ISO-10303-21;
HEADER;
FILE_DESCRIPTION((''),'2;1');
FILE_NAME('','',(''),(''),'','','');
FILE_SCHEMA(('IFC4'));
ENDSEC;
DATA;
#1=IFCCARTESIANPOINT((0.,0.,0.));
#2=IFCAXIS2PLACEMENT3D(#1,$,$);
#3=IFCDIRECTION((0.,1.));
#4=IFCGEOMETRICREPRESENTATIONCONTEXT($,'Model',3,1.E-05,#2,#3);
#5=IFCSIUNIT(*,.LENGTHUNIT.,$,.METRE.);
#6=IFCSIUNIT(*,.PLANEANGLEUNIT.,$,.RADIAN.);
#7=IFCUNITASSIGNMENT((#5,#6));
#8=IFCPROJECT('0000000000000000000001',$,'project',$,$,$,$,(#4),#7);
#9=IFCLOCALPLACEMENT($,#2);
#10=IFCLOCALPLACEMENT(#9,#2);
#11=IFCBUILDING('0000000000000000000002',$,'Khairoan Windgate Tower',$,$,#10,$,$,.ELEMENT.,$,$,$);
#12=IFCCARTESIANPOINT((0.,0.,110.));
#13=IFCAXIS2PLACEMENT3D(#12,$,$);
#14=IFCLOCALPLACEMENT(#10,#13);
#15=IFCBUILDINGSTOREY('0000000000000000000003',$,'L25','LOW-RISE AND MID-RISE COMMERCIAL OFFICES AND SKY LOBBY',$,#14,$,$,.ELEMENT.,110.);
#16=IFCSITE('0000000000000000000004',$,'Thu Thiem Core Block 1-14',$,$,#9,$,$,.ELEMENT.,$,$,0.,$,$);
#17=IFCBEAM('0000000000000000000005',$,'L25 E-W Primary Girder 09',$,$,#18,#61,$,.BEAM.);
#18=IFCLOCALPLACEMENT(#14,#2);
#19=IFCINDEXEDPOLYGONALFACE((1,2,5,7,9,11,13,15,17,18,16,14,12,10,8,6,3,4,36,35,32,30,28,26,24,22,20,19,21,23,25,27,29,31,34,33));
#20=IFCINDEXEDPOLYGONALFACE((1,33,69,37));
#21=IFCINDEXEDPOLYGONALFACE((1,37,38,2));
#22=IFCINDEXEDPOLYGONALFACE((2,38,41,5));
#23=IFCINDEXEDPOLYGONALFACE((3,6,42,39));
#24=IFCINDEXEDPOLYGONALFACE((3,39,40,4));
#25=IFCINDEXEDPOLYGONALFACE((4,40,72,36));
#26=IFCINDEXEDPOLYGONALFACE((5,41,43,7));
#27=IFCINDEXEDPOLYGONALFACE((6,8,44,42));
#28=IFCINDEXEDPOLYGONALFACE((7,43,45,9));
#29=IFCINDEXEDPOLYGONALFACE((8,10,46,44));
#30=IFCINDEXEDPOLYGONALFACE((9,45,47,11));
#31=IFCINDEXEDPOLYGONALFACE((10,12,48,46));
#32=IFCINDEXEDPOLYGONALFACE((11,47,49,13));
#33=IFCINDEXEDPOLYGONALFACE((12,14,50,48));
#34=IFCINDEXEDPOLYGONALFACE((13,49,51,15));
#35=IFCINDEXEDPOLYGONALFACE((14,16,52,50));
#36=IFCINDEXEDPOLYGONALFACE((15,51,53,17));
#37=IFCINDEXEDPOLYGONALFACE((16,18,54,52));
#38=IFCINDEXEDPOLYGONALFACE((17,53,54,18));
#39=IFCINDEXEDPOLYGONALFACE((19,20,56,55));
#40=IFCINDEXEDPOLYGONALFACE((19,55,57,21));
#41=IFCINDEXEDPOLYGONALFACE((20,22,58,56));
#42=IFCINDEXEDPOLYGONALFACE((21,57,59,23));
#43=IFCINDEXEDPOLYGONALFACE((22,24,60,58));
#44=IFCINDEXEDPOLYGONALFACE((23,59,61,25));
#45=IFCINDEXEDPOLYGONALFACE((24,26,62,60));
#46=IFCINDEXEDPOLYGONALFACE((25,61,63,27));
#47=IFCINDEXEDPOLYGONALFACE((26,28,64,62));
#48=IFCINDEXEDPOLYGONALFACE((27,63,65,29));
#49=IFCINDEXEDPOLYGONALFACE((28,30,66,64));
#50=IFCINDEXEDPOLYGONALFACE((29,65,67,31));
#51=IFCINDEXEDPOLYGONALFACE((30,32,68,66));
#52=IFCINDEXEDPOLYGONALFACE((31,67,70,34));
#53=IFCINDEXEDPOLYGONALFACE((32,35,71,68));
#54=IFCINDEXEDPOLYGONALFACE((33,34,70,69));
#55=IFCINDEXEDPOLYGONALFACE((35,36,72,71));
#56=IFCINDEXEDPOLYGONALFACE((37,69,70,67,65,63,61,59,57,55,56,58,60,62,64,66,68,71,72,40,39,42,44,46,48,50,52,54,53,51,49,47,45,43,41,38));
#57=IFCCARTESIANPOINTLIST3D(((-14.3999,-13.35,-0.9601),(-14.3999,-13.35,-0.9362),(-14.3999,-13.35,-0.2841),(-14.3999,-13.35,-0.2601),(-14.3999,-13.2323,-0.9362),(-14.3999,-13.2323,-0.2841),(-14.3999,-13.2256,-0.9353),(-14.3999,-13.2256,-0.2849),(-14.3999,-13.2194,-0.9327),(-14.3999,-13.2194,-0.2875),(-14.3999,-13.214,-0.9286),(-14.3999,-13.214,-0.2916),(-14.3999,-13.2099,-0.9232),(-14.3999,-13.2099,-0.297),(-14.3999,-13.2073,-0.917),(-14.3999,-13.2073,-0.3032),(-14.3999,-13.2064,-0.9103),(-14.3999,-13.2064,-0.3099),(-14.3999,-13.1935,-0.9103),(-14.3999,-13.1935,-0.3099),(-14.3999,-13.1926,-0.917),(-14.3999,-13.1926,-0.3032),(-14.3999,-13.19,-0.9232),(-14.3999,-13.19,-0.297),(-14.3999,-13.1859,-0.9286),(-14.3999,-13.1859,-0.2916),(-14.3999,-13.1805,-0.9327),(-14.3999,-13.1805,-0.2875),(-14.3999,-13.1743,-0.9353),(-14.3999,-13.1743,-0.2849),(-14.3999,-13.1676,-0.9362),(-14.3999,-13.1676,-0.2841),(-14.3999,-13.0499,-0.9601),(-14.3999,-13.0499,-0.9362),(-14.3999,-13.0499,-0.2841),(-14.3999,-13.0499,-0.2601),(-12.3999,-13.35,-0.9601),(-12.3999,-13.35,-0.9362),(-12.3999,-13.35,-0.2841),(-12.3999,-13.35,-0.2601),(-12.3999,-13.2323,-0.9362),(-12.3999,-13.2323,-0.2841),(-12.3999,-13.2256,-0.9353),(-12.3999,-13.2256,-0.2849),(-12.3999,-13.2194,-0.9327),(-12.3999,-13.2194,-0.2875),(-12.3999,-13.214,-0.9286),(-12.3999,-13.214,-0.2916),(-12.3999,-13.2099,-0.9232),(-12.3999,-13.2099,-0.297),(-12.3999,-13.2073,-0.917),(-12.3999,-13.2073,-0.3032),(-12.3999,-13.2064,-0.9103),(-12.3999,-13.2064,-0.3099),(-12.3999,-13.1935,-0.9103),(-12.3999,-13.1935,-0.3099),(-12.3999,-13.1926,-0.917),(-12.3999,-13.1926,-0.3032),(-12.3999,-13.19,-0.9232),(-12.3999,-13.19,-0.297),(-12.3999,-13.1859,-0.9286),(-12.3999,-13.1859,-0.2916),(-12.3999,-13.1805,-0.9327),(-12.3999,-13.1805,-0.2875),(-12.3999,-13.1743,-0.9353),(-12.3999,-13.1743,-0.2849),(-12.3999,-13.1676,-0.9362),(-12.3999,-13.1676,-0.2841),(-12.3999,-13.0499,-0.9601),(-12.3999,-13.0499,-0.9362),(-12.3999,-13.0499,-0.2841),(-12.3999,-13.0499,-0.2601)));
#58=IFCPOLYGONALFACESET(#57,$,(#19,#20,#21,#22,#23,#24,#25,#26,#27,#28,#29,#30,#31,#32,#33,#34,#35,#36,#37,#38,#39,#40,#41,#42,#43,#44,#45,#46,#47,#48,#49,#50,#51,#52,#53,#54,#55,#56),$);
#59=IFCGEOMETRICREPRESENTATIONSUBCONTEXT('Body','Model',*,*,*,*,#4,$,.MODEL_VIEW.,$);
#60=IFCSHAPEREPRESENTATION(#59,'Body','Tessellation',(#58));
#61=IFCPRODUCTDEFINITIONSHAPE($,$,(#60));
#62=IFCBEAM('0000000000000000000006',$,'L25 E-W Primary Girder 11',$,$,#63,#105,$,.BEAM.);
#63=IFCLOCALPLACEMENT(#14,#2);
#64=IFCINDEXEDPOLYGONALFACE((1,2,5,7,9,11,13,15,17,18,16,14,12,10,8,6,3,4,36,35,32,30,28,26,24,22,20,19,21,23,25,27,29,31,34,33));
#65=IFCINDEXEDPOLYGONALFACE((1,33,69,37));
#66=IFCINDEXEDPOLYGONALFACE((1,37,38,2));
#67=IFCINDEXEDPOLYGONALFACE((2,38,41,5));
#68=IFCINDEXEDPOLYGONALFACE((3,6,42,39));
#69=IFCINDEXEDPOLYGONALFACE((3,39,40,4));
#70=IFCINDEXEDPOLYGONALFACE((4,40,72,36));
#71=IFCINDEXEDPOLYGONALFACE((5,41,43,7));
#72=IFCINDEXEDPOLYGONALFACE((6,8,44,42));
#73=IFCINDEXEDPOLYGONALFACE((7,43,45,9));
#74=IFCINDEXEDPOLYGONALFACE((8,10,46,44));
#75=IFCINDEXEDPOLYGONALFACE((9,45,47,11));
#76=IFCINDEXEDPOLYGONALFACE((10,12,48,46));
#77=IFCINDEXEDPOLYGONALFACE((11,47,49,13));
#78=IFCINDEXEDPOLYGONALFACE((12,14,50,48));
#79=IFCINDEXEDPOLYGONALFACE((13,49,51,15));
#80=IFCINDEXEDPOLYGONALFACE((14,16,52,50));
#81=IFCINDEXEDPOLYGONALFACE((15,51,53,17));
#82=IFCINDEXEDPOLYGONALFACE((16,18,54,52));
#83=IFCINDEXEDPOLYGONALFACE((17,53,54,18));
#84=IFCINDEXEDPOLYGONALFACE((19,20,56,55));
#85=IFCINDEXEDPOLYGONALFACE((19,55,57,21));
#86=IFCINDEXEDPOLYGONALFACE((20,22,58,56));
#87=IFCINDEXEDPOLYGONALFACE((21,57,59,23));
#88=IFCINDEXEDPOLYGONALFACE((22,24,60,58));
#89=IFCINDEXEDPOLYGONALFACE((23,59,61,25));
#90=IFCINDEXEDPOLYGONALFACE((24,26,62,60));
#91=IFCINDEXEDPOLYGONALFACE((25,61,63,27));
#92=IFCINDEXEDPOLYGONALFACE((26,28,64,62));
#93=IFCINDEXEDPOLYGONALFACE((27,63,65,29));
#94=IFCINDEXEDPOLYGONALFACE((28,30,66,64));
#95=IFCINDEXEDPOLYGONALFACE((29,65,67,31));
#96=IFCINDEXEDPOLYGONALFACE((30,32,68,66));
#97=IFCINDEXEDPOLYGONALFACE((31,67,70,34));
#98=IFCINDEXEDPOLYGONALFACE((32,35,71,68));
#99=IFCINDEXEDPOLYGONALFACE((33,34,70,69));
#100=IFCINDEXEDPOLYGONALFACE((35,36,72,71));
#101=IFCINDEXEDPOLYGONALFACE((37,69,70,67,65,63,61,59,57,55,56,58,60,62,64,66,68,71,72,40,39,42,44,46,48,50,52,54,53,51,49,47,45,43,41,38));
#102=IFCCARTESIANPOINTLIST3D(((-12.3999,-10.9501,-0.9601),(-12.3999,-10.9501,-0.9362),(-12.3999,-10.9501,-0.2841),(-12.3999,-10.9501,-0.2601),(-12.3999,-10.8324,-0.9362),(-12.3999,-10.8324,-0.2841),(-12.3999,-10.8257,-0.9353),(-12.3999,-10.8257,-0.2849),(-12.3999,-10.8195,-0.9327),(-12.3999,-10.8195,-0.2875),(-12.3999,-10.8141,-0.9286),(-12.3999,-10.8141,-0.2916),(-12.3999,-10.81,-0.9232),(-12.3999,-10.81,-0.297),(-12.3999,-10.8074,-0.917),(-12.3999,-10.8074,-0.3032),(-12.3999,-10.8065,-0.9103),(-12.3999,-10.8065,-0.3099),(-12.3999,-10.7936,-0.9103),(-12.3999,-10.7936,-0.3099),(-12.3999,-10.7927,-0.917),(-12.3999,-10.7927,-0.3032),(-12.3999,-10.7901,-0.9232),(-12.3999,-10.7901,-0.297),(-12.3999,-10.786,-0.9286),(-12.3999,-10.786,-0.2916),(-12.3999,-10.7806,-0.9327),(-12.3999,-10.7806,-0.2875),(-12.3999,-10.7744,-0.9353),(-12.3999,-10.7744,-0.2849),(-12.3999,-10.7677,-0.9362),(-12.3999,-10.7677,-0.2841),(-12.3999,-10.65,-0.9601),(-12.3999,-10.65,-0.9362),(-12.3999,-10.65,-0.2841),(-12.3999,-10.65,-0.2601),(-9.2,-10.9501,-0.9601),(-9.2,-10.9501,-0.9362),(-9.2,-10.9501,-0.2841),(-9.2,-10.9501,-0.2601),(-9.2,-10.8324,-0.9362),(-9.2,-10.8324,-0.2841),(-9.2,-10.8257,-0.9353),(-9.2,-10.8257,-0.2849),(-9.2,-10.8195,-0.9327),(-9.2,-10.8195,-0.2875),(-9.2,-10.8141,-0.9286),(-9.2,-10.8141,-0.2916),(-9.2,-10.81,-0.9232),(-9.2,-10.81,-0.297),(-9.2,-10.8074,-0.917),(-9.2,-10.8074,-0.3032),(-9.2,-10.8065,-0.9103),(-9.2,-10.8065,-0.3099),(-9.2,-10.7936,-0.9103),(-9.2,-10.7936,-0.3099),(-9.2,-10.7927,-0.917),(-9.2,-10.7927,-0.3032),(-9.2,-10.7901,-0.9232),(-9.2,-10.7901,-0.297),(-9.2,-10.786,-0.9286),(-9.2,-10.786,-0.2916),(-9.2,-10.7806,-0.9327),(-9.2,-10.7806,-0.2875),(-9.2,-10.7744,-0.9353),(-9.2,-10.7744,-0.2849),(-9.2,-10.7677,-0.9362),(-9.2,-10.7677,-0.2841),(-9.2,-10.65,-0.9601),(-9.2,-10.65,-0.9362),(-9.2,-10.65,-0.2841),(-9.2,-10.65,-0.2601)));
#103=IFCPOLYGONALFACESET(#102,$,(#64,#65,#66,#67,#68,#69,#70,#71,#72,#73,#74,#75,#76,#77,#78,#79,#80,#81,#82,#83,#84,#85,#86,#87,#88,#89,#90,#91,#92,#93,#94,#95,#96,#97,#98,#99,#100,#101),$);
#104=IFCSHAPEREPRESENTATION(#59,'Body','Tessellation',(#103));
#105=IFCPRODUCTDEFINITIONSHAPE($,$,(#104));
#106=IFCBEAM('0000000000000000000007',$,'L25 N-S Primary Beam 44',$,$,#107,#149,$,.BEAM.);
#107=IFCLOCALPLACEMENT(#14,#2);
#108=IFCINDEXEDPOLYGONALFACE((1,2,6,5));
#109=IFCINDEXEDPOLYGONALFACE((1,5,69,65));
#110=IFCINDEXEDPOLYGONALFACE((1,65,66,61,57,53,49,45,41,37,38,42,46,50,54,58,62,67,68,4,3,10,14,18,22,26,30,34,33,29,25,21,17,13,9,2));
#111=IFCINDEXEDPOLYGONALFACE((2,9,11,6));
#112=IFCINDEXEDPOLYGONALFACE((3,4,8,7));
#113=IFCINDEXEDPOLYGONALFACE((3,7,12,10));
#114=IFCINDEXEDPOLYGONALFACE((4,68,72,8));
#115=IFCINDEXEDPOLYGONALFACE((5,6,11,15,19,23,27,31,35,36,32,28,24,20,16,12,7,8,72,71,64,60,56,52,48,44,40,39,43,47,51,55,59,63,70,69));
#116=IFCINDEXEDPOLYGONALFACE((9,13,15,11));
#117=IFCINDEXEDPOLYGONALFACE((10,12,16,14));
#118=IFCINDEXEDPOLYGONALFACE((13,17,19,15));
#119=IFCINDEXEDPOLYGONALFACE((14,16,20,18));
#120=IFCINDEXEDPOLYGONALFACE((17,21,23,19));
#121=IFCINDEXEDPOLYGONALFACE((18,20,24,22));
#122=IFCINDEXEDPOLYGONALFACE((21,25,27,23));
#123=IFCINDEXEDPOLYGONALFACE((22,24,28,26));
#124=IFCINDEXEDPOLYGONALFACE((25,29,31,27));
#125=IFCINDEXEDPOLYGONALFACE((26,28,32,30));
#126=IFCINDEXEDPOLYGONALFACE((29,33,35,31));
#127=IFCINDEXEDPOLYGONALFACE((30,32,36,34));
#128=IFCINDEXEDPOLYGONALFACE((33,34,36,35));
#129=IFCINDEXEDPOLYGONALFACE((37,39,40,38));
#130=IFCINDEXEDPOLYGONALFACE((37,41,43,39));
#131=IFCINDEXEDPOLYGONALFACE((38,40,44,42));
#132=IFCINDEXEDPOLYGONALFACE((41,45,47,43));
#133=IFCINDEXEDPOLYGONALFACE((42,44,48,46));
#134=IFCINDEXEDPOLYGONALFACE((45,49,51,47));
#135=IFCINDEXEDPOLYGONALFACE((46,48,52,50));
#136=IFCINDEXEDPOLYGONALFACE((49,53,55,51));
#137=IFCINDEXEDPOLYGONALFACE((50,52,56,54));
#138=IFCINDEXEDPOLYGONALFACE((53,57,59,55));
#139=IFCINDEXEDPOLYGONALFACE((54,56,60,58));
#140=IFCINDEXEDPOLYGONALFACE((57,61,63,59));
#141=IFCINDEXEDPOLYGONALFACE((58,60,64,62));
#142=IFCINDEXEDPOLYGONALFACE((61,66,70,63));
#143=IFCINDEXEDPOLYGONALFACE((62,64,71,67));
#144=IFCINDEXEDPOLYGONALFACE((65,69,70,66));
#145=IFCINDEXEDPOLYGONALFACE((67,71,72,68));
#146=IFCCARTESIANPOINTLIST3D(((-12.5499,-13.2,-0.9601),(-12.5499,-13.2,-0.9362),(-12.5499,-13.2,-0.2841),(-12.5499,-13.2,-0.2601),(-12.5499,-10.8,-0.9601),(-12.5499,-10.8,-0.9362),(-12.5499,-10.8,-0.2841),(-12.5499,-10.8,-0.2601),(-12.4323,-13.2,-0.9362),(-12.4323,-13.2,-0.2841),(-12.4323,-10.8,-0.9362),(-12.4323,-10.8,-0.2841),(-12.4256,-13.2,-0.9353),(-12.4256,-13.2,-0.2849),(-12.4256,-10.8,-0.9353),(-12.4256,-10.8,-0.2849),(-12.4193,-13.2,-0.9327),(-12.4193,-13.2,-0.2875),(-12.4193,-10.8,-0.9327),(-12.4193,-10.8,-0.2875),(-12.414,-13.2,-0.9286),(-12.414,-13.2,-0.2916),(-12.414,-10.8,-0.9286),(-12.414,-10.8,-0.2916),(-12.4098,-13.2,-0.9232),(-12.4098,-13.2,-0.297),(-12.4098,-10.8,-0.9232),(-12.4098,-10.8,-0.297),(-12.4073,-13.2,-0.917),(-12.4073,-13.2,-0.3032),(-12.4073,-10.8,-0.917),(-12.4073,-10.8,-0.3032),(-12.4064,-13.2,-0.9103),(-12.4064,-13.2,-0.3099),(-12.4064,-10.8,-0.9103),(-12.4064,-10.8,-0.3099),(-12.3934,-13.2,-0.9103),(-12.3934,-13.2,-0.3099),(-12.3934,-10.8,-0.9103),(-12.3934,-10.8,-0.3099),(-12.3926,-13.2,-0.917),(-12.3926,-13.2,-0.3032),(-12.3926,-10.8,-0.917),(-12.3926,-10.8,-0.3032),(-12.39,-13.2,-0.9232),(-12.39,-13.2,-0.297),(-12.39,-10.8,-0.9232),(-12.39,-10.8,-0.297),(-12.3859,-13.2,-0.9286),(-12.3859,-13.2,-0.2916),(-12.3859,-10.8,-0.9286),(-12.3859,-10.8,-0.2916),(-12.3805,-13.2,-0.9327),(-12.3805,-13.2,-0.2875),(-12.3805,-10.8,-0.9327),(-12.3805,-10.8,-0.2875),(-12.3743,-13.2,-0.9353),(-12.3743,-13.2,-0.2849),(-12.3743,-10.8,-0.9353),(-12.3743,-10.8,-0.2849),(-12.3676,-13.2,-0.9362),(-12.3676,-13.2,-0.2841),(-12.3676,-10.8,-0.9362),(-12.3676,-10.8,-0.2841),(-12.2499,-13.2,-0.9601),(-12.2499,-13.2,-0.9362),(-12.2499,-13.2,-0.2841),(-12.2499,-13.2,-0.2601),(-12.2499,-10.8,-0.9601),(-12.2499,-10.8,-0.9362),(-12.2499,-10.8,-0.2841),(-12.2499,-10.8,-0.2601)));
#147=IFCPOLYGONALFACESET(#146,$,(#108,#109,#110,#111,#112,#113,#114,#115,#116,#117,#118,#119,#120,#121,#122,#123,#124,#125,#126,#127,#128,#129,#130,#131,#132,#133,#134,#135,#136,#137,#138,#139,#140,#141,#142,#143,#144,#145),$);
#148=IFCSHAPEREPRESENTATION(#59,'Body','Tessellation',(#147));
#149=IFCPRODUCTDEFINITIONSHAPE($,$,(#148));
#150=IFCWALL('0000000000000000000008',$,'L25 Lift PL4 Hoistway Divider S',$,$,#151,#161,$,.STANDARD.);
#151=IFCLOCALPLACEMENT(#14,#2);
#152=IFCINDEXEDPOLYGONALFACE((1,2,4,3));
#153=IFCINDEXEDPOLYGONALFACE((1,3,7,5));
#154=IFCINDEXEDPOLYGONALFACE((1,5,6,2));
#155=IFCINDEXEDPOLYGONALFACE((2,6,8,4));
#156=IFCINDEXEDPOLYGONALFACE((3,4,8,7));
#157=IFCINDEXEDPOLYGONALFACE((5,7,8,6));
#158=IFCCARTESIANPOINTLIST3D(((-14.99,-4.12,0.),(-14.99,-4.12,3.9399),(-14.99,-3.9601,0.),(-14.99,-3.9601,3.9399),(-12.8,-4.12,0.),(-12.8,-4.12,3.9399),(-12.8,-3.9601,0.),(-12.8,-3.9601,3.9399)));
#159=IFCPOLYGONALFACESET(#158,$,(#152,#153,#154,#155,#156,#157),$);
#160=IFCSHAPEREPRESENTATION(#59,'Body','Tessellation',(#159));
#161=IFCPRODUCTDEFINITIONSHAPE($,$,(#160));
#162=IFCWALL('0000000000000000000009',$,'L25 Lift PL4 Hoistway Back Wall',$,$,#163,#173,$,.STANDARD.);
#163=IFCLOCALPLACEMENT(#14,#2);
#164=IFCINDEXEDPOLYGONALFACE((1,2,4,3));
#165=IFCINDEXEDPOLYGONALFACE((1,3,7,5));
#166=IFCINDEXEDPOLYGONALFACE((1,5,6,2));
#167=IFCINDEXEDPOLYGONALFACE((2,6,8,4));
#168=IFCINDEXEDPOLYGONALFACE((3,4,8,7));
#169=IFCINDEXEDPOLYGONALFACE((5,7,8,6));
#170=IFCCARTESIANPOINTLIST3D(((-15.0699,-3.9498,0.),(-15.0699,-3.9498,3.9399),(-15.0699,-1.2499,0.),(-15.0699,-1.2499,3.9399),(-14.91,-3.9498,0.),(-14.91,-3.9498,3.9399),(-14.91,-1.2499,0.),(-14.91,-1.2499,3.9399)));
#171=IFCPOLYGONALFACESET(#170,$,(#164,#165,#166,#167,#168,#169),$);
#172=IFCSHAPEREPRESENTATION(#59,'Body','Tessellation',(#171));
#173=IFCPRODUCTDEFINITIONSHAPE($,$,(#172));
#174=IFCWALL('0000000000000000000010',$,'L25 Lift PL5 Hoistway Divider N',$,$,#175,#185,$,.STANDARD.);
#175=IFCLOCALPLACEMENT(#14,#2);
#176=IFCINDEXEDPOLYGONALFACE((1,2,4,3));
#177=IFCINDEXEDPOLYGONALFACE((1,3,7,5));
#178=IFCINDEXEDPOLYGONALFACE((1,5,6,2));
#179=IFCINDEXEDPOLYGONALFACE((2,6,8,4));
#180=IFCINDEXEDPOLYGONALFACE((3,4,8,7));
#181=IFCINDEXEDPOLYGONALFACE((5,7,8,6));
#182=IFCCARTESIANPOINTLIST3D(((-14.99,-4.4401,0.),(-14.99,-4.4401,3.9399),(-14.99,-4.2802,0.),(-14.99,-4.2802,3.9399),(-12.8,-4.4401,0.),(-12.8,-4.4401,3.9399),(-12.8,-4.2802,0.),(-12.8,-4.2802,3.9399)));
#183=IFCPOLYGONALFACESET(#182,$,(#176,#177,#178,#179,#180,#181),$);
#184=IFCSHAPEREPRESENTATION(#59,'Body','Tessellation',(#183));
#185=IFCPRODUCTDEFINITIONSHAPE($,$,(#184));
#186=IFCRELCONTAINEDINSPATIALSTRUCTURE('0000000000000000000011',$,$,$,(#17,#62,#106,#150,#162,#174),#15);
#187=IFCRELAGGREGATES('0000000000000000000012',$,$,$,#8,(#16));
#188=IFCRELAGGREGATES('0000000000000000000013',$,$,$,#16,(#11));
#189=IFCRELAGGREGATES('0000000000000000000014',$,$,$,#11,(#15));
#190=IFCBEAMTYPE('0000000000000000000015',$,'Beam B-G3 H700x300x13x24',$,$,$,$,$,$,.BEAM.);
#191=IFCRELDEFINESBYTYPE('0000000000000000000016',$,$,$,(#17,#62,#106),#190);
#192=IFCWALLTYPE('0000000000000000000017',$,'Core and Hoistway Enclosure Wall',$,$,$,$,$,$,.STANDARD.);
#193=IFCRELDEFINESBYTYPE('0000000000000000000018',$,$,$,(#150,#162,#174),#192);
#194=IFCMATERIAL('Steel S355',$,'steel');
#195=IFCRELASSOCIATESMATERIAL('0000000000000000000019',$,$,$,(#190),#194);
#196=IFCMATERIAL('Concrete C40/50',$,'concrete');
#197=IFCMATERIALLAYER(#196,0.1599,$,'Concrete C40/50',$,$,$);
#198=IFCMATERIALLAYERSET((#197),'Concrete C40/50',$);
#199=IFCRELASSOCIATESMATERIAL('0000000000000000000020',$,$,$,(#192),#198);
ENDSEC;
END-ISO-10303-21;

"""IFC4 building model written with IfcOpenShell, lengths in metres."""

from ifc_helpers import new_model, si_unit, direction, frame, frame_2d, origin, origin_2d, place, context, subcontext, project, spatial, rectangle, i_section, extrude, material, layer, layer_set, material_profile, profile_set, type_object, element, save


model = new_model("IFC4")

# Units and contexts
model_context = context("Model", 3, precision=1e-05, world=origin(), true_north=direction((0.0, 1.0)))
body_context = subcontext(model_context, "Body", "Model", "MODEL_VIEW")
ifc_project = project(units=[si_unit("LENGTHUNIT", "METRE"), si_unit("PLANEANGLEUNIT", "RADIAN")], contexts=[model_context])

# Site, building, storey
site_placement = place(None, origin())
site = spatial("IfcSite", under=ifc_project, at=site_placement, Name="Thu Thiem Core Block 1-14", CompositionType="ELEMENT", RefElevation=0.0)
building_placement = place(site_placement, origin())
building = spatial("IfcBuilding", under=site, at=building_placement, Name="Khairoan Windgate Tower", CompositionType="ELEMENT")
storey_placement = place(building_placement, frame((0.0, 0.0, 110.0)))
storey = spatial("IfcBuildingStorey", under=building, at=storey_placement, Name="L25", Description="LOW-RISE AND MID-RISE COMMERCIAL OFFICES AND SKY LOBBY", CompositionType="ELEMENT", Elevation=110.0)

# Beams
ifc_material_1 = material(Name="Steel S355", Category="steel")
ifc_material_profile = material_profile(ifc_material_1, i_section(OverallWidth=0.3, OverallDepth=0.7, WebThickness=0.0129, FlangeThickness=0.0239, FilletRadius=0.0259, at=origin_2d()))
ifc_profile_set = profile_set([ifc_material_profile], Name="Steel S355")
beam_type = type_object("IfcBeamType", Name="Beam B-G3 H700x300x13x24", PredefinedType="BEAM", material=ifc_profile_set)
beam_1_placement = place(storey_placement, frame((-14.3999, -13.2, -0.6101), z_axis=(1.0, 0.0, 0.0), x_axis=(0.0, 1.0, 0.0)))
element("IfcBeam", 1, at=beam_1_placement, inside=storey, type_object=beam_type, Name="L25 E-W Primary Girder 09", PredefinedType="BEAM", context=body_context, shape_type="SweptSolid", body=[
    extrude(i_section(OverallWidth=0.3, OverallDepth=0.7, WebThickness=0.0129, FlangeThickness=0.0239, FilletRadius=0.0259, at=origin_2d()), origin(), (0.0, 0.0, 1.0), 2.0),
])
beam_2_placement = place(storey_placement, frame((-12.3999, -10.8, -0.6101), z_axis=(1.0, 0.0, 0.0), x_axis=(0.0, 1.0, 0.0)))
element("IfcBeam", 2, at=beam_2_placement, inside=storey, type_object=beam_type, Name="L25 E-W Primary Girder 11", PredefinedType="BEAM", context=body_context, shape_type="SweptSolid", body=[
    extrude(i_section(OverallWidth=0.3, OverallDepth=0.7, WebThickness=0.0129, FlangeThickness=0.0239, FilletRadius=0.0259, at=origin_2d()), origin(), (0.0, 0.0, 1.0), 3.2),
])
beam_3_placement = place(storey_placement, frame((-12.3999, -13.2, -0.6101), z_axis=(0.0, 1.0, 0.0), x_axis=(-1.0, 0.0, 0.0)))
element("IfcBeam", 3, at=beam_3_placement, inside=storey, type_object=beam_type, Name="L25 N-S Primary Beam 44", PredefinedType="BEAM", context=body_context, shape_type="SweptSolid", body=[
    extrude(i_section(OverallWidth=0.3, OverallDepth=0.7, WebThickness=0.0129, FlangeThickness=0.0239, FilletRadius=0.0259, at=origin_2d()), origin(), (0.0, 0.0, 1.0), 2.3999),
])

# Walls
ifc_material_2 = material(Name="Concrete C40/50", Category="concrete")
ifc_layer_1 = layer(ifc_material_2, 0.1599, Name="Concrete C40/50")
ifc_layer_set_1 = layer_set([ifc_layer_1], Name="Concrete C40/50")
wall_type_1 = type_object("IfcWallType", Name="Core and Hoistway Enclosure Wall", PredefinedType="STANDARD", material=ifc_layer_set_1)
wall_1_placement = place(storey_placement, frame((-14.99, -4.04, 0.0), z_axis=(0.0, 0.0, 1.0), x_axis=(1.0, 0.0, 0.0)))
element("IfcWall", 4, at=wall_1_placement, inside=storey, type_object=wall_type_1, Name="L25 Lift PL4 Hoistway Divider S", PredefinedType="STANDARD", context=body_context, shape_type="SweptSolid", body=[
    extrude(rectangle(XDim=2.1899, YDim=0.1599, at=frame_2d((1.095, 0.0))), origin(), (0.0, 0.0, 1.0), 3.9399),
])
wall_2_placement = place(storey_placement, frame((-14.99, -3.95, 0.0), z_axis=(0.0, 0.0, 1.0), x_axis=(0.0, 1.0, 0.0)))
element("IfcWall", 5, at=wall_2_placement, inside=storey, type_object=wall_type_1, Name="L25 Lift PL4 Hoistway Back Wall", PredefinedType="STANDARD", context=body_context, shape_type="SweptSolid", body=[
    extrude(rectangle(XDim=2.7, YDim=0.1599, at=frame_2d((1.3501, 0.0))), origin(), (0.0, 0.0, 1.0), 3.9399),
])
wall_3_placement = place(storey_placement, frame((-14.99, -4.3601, 0.0), z_axis=(0.0, 0.0, 1.0), x_axis=(1.0, 0.0, 0.0)))
element("IfcWall", 6, at=wall_3_placement, inside=storey, type_object=wall_type_1, Name="L25 Lift PL5 Hoistway Divider N", PredefinedType="STANDARD", context=body_context, shape_type="SweptSolid", body=[
    extrude(rectangle(XDim=2.1899, YDim=0.1599, at=frame_2d((1.095, 0.0))), origin(), (0.0, 0.0, 1.0), 3.9399),
])

save(model, "model.ifc")
